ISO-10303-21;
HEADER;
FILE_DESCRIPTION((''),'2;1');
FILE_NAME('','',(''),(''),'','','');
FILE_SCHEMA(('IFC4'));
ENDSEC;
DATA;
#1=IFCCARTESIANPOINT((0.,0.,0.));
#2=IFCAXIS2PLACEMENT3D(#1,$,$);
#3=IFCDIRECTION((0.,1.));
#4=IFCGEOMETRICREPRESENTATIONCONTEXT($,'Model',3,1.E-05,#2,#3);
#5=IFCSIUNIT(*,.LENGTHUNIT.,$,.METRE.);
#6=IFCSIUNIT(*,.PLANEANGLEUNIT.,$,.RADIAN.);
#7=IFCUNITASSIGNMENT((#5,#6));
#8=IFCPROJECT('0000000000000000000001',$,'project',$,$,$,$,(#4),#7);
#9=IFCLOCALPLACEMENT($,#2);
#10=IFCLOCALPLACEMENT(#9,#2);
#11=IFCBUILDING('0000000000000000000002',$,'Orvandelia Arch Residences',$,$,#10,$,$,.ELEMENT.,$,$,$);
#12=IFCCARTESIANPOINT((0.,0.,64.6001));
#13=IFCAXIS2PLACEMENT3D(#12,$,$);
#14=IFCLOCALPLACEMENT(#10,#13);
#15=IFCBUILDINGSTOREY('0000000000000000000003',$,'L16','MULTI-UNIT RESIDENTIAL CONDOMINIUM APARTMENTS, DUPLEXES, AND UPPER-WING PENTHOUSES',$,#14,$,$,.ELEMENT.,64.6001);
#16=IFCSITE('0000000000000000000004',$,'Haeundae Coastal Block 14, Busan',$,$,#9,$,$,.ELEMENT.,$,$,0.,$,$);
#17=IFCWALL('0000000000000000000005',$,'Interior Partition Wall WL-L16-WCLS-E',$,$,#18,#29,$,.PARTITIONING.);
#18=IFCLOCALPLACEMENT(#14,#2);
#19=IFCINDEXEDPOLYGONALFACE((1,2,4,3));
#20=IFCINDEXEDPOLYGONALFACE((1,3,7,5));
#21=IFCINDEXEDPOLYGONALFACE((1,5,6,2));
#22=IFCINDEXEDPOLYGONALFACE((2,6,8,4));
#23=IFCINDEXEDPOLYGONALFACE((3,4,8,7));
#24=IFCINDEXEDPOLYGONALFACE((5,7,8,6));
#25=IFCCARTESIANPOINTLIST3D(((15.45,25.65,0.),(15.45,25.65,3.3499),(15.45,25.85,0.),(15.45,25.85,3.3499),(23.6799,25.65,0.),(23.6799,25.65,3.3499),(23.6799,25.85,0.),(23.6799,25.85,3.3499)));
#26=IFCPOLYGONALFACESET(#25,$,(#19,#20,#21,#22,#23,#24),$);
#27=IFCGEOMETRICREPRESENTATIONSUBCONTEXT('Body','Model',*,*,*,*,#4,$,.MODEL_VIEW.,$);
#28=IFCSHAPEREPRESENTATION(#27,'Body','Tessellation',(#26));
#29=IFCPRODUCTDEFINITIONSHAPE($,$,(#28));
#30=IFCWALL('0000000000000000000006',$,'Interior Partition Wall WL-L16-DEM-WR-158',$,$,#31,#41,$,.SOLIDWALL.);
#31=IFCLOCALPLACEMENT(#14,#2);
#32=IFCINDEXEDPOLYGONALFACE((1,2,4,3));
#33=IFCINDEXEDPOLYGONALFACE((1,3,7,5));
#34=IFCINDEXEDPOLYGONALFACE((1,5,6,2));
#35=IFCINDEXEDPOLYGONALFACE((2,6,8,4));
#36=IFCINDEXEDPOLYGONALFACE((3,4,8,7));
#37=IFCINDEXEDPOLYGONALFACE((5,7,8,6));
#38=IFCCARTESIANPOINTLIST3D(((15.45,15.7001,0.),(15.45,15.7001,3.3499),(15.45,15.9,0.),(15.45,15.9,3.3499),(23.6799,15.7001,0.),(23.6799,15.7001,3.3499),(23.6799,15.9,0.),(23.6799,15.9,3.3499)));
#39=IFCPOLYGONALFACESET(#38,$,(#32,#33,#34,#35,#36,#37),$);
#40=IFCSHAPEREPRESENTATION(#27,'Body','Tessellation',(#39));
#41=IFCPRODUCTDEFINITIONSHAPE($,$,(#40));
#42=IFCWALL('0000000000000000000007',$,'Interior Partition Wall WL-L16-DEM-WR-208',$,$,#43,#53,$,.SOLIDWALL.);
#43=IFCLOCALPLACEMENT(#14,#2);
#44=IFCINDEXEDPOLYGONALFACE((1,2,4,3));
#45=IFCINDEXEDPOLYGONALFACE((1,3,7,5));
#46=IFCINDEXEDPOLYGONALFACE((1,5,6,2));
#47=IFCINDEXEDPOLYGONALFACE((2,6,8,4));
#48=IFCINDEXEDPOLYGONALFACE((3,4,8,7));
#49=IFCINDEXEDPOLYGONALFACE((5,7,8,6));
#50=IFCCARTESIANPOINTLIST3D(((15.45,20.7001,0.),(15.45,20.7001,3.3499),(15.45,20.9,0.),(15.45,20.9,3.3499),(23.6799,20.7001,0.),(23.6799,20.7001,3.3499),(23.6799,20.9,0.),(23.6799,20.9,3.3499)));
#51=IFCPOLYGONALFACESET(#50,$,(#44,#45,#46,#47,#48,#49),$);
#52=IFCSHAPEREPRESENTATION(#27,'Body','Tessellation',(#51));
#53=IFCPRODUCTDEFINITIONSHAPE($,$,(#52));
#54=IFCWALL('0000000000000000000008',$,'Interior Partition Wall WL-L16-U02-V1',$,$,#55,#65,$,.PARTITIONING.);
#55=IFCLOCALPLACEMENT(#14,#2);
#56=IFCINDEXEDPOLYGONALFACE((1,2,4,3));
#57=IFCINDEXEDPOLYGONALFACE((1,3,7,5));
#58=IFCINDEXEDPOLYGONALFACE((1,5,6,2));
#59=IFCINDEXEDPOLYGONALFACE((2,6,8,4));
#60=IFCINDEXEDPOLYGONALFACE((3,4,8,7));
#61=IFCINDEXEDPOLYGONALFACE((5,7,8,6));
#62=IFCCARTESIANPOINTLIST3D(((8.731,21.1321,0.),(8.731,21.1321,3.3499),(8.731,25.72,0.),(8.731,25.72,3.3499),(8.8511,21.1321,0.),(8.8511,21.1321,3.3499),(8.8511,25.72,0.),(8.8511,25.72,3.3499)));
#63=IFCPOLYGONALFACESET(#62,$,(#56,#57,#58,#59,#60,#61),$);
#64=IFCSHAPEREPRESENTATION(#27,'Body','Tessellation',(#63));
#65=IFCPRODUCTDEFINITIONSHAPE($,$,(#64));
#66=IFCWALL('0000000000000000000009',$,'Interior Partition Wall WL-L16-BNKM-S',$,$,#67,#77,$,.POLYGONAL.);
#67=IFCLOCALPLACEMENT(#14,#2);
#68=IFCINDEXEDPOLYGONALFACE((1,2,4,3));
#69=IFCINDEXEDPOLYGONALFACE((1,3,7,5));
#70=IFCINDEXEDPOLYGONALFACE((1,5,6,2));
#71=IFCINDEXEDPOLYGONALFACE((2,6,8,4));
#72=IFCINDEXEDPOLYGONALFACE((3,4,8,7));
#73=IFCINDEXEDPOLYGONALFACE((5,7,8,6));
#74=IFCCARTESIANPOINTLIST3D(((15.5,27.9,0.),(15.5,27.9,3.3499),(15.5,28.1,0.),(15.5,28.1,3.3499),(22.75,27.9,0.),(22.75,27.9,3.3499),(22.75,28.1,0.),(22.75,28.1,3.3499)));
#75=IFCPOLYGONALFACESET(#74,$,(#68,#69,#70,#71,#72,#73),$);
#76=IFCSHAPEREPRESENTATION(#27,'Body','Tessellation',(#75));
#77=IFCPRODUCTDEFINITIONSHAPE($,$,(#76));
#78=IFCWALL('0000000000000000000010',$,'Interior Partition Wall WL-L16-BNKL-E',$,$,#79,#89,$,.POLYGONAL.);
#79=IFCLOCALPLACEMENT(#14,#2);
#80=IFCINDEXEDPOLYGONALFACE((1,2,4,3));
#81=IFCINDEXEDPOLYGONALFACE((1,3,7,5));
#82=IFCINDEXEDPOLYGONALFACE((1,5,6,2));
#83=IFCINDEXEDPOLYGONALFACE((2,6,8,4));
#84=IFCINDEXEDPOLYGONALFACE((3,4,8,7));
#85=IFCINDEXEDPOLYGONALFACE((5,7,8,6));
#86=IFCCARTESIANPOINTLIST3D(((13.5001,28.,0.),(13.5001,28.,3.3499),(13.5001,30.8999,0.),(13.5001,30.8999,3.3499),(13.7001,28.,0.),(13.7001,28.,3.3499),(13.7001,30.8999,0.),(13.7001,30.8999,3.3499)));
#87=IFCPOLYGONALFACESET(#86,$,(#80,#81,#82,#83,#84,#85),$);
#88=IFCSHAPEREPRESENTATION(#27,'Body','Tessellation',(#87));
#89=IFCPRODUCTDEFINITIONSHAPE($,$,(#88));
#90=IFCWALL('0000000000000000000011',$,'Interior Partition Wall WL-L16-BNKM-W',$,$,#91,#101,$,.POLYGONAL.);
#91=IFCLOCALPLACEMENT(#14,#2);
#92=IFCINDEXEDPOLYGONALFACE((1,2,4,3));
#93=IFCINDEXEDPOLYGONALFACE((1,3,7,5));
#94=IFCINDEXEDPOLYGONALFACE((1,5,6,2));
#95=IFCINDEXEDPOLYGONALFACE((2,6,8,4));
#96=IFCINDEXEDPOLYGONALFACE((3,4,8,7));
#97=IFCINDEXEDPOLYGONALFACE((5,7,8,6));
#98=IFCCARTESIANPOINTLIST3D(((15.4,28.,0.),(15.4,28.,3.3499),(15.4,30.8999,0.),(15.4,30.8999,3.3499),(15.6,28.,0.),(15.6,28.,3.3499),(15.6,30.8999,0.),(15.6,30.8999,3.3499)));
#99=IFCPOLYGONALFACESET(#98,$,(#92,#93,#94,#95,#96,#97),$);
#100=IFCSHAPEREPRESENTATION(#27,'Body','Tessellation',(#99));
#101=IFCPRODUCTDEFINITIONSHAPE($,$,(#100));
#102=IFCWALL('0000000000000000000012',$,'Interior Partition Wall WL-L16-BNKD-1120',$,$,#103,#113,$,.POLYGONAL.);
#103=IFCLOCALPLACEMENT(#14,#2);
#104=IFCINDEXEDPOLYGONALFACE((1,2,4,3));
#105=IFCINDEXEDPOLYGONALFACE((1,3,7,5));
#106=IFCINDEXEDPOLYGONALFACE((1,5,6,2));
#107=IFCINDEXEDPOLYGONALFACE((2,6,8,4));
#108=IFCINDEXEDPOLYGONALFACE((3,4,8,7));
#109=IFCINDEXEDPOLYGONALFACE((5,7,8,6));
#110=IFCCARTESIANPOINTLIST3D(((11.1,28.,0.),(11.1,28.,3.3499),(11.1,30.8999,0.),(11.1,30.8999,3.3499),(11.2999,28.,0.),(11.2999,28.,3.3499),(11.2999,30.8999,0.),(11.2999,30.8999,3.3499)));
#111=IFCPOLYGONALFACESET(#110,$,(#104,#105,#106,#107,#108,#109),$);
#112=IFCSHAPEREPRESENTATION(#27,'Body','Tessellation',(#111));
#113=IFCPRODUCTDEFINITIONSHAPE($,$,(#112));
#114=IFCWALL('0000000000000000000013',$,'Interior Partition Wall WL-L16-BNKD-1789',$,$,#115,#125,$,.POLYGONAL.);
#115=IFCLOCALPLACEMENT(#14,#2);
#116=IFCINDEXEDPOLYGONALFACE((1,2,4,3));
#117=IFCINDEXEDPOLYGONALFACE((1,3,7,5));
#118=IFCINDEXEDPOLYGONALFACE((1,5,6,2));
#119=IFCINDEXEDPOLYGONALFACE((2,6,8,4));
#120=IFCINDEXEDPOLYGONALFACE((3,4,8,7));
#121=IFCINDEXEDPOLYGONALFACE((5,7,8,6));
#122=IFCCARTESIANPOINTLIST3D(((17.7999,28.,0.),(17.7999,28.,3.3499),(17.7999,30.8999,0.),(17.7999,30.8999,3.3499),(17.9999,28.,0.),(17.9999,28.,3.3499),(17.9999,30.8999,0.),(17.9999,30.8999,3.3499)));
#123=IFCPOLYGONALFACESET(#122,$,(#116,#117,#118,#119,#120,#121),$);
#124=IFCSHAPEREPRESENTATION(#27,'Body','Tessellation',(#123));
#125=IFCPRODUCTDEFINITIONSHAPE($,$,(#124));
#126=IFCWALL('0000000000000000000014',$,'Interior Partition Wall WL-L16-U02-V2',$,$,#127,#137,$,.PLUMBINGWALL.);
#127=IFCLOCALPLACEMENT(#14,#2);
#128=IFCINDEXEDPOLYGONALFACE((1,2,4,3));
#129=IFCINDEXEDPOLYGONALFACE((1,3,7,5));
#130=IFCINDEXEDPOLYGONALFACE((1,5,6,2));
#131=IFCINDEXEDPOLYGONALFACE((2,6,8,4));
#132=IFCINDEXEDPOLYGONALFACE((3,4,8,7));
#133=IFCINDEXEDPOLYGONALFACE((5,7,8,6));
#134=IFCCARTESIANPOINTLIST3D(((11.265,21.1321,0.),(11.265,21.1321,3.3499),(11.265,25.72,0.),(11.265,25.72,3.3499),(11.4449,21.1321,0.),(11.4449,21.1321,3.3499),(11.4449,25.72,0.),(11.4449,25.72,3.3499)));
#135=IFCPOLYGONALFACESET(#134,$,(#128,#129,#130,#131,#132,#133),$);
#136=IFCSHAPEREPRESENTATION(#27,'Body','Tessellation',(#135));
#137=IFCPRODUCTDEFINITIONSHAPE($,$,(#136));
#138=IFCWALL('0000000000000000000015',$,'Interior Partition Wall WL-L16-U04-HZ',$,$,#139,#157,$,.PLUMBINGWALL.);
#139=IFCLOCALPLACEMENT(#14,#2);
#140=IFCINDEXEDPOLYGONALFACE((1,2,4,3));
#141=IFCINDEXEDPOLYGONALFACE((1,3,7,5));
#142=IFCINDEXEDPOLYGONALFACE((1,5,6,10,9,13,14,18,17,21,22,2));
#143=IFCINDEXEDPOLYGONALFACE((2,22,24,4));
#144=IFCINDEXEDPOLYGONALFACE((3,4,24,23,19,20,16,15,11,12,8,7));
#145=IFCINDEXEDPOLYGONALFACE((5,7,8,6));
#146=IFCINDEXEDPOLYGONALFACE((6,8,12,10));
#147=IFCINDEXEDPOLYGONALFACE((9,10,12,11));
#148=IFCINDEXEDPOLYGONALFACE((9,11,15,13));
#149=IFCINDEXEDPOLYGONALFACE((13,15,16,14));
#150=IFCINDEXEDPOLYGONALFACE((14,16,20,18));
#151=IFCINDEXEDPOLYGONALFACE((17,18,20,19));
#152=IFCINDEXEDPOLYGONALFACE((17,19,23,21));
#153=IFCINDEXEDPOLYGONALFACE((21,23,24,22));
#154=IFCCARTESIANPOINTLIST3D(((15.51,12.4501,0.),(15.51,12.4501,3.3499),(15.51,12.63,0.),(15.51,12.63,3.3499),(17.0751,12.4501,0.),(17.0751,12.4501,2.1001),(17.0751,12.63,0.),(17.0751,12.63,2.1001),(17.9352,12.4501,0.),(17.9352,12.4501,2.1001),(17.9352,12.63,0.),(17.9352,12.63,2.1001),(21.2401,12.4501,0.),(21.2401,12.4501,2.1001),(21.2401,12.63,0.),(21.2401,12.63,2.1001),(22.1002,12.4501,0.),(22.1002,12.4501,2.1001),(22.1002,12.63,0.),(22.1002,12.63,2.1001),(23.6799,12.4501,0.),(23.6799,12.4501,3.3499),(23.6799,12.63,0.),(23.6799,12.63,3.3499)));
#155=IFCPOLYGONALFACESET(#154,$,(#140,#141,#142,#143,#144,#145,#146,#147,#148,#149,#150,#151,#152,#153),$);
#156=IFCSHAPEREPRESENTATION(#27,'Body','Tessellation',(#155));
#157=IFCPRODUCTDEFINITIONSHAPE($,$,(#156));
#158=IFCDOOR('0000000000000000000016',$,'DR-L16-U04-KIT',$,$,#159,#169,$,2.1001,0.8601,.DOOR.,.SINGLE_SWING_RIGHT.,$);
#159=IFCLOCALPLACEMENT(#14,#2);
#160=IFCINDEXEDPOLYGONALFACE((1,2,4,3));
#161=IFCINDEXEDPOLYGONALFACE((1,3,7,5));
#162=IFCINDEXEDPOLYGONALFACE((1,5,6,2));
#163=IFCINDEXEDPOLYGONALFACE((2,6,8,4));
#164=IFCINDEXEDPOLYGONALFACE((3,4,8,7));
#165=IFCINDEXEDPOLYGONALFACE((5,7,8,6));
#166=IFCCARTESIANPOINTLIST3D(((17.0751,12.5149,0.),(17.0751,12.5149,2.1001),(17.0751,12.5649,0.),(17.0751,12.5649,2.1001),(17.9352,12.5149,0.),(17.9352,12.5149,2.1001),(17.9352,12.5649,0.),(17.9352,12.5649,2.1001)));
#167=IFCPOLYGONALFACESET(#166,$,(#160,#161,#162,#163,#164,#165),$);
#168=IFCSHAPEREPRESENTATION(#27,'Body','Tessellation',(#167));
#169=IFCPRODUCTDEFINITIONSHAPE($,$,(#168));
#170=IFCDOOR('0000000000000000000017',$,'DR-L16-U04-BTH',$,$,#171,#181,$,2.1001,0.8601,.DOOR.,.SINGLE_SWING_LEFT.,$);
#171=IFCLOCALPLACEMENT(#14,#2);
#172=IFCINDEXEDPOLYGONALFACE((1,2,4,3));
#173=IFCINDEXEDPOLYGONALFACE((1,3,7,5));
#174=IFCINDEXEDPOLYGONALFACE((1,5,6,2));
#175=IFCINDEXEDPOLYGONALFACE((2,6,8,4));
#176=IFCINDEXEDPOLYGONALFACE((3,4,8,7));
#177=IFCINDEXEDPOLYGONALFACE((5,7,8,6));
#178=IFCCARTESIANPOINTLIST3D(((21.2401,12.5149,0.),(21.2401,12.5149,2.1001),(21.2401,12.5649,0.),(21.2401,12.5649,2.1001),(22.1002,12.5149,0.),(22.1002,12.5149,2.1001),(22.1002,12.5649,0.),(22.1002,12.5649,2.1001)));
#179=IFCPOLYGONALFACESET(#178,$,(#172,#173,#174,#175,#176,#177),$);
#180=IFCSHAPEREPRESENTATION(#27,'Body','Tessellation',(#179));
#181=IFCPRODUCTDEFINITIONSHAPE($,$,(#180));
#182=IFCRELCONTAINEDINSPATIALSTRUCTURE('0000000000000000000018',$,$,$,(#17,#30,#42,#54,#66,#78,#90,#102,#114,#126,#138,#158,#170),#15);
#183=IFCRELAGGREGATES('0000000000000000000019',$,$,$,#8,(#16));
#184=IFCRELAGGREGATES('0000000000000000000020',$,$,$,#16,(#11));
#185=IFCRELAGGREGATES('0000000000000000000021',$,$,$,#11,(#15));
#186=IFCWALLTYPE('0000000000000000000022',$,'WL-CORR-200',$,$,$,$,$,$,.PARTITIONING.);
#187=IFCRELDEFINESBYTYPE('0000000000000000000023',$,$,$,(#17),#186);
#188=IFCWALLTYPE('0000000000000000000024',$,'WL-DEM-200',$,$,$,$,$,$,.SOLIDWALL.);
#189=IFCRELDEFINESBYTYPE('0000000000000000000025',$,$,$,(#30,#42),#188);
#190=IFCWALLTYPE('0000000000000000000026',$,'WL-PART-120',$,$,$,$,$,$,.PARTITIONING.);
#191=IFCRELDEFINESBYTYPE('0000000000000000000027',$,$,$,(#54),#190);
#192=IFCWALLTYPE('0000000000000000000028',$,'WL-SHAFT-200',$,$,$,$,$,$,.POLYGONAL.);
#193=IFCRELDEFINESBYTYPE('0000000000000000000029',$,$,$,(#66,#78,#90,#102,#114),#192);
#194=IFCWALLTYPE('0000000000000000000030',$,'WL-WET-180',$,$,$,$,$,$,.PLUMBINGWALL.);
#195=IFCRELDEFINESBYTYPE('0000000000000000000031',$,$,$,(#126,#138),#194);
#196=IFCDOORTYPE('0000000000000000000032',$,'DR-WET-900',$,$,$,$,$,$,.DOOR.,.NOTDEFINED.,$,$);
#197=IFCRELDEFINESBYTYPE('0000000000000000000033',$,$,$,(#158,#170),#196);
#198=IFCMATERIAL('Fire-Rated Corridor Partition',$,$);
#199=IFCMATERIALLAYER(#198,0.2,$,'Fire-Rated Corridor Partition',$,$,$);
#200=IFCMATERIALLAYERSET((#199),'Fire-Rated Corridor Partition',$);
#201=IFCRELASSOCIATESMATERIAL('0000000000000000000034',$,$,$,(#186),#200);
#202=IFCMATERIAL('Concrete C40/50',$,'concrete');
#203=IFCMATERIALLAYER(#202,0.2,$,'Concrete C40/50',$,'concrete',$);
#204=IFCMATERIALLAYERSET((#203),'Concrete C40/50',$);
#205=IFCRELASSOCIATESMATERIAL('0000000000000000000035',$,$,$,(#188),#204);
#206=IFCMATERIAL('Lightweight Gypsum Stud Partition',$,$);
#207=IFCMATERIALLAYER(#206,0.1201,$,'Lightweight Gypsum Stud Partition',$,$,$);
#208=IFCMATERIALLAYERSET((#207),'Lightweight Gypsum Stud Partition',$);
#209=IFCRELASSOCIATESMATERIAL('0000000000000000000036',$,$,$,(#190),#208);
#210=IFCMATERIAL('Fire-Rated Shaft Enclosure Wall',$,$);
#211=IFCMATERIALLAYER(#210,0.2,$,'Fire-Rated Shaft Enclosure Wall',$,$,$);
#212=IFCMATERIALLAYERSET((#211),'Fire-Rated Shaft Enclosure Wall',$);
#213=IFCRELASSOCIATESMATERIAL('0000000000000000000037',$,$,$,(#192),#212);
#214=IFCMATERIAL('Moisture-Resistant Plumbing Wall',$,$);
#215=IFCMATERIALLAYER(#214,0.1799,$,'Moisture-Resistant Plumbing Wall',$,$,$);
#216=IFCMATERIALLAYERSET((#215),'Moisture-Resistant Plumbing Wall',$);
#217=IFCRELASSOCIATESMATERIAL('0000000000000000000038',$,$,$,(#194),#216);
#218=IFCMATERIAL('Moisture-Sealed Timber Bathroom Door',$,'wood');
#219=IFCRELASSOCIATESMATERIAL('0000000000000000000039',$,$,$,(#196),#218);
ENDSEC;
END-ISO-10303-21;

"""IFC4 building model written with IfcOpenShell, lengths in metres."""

from ifc_helpers import new_model, si_unit, direction, frame, frame_2d, origin, place, context, subcontext, project, spatial, rectangle, extrude, material, layer, layer_set, type_object, element, fill, save


model = new_model("IFC4")

# Units and contexts
model_context = context("Model", 3, precision=1e-05, world=origin(), true_north=direction((0.0, 1.0)))
body_context = subcontext(model_context, "Body", "Model", "MODEL_VIEW")
ifc_project = project(units=[si_unit("LENGTHUNIT", "METRE"), si_unit("PLANEANGLEUNIT", "RADIAN")], contexts=[model_context])

# Site, building, storey
site_placement = place(None, origin())
site = spatial("IfcSite", under=ifc_project, at=site_placement, Name="Haeundae Coastal Block 14, Busan", CompositionType="ELEMENT", RefElevation=0.0)
building_placement = place(site_placement, origin())
building = spatial("IfcBuilding", under=site, at=building_placement, Name="Orvandelia Arch Residences", CompositionType="ELEMENT")
storey_placement = place(building_placement, frame((0.0, 0.0, 64.6001)))
storey = spatial("IfcBuildingStorey", under=building, at=storey_placement, Name="L16", Description="MULTI-UNIT RESIDENTIAL CONDOMINIUM APARTMENTS, DUPLEXES, AND UPPER-WING PENTHOUSES", CompositionType="ELEMENT", Elevation=64.6001)

# Walls
ifc_material_1 = material(Name="Fire-Rated Corridor Partition")
ifc_layer_1 = layer(ifc_material_1, 0.2, Name="Fire-Rated Corridor Partition")
ifc_layer_set_1 = layer_set([ifc_layer_1], Name="Fire-Rated Corridor Partition")
wall_type_1 = type_object("IfcWallType", Name="WL-CORR-200", PredefinedType="PARTITIONING", material=ifc_layer_set_1)
wall_1_placement = place(storey_placement, frame((15.45, 25.75, 0.0), z_axis=(0.0, 0.0, 1.0), x_axis=(1.0, 0.0, 0.0)))
element("IfcWall", 1, at=wall_1_placement, inside=storey, type_object=wall_type_1, Name="Interior Partition Wall WL-L16-WCLS-E", PredefinedType="PARTITIONING", context=body_context, shape_type="SweptSolid", body=[
    extrude(rectangle(XDim=8.23, YDim=0.2, at=frame_2d((4.115, 0.0))), origin(), (0.0, 0.0, 1.0), 3.3499),
])
ifc_material_2 = material(Name="Concrete C40/50", Category="concrete")
ifc_layer_2 = layer(ifc_material_2, 0.2, Name="Concrete C40/50", Category="concrete")
ifc_layer_set_2 = layer_set([ifc_layer_2], Name="Concrete C40/50")
wall_type_2 = type_object("IfcWallType", Name="WL-DEM-200", PredefinedType="SOLIDWALL", material=ifc_layer_set_2)
for number, where, z_axis, x_axis, name in (
    (2, (15.45, 15.8, 0.0), (0.0, 0.0, 1.0), (1.0, 0.0, 0.0), "Interior Partition Wall WL-L16-DEM-WR-158"),
    (3, (15.45, 20.8, 0.0), (0.0, 0.0, 1.0), (1.0, 0.0, 0.0), "Interior Partition Wall WL-L16-DEM-WR-208"),
):
    element("IfcWall", number, at=place(storey_placement, frame(where, z_axis=z_axis, x_axis=x_axis)), inside=storey, type_object=wall_type_2, Name=name, PredefinedType="SOLIDWALL", context=body_context, shape_type="SweptSolid", body=[
        extrude(rectangle(XDim=8.23, YDim=0.2, at=frame_2d((4.115, 0.0))), origin(), (0.0, 0.0, 1.0), 3.3499),
    ])
ifc_material_3 = material(Name="Lightweight Gypsum Stud Partition")
ifc_layer_3 = layer(ifc_material_3, 0.1201, Name="Lightweight Gypsum Stud Partition")
ifc_layer_set_3 = layer_set([ifc_layer_3], Name="Lightweight Gypsum Stud Partition")
wall_type_3 = type_object("IfcWallType", Name="WL-PART-120", PredefinedType="PARTITIONING", material=ifc_layer_set_3)
wall_2_placement = place(storey_placement, frame((8.791, 21.1321, 0.0), z_axis=(0.0, 0.0, 1.0), x_axis=(0.0, 1.0, 0.0)))
element("IfcWall", 4, at=wall_2_placement, inside=storey, type_object=wall_type_3, Name="Interior Partition Wall WL-L16-U02-V1", PredefinedType="PARTITIONING", context=body_context, shape_type="SweptSolid", body=[
    extrude(rectangle(XDim=4.5879, YDim=0.1201, at=frame_2d((2.2939, 0.0))), origin(), (0.0, 0.0, 1.0), 3.3499),
])
ifc_material_4 = material(Name="Fire-Rated Shaft Enclosure Wall")
ifc_layer_4 = layer(ifc_material_4, 0.2, Name="Fire-Rated Shaft Enclosure Wall")
ifc_layer_set_4 = layer_set([ifc_layer_4], Name="Fire-Rated Shaft Enclosure Wall")
wall_type_4 = type_object("IfcWallType", Name="WL-SHAFT-200", PredefinedType="POLYGONAL", material=ifc_layer_set_4)
wall_3_placement = place(storey_placement, frame((15.5, 28.0, 0.0), z_axis=(0.0, 0.0, 1.0), x_axis=(1.0, 0.0, 0.0)))
element("IfcWall", 5, at=wall_3_placement, inside=storey, type_object=wall_type_4, Name="Interior Partition Wall WL-L16-BNKM-S", PredefinedType="POLYGONAL", context=body_context, shape_type="SweptSolid", body=[
    extrude(rectangle(XDim=7.25, YDim=0.2, at=frame_2d((3.625, 0.0))), origin(), (0.0, 0.0, 1.0), 3.3499),
])
for number, where, z_axis, x_axis, name in (
    (6, (13.6001, 28.0, 0.0), (0.0, 0.0, 1.0), (0.0, 1.0, 0.0), "Interior Partition Wall WL-L16-BNKL-E"),
    (7, (15.5, 28.0, 0.0), (0.0, 0.0, 1.0), (0.0, 1.0, 0.0), "Interior Partition Wall WL-L16-BNKM-W"),
    (8, (11.2, 28.0, 0.0), (0.0, 0.0, 1.0), (0.0, 1.0, 0.0), "Interior Partition Wall WL-L16-BNKD-1120"),
    (9, (17.8999, 28.0, 0.0), (0.0, 0.0, 1.0), (0.0, 1.0, 0.0), "Interior Partition Wall WL-L16-BNKD-1789"),
):
    element("IfcWall", number, at=place(storey_placement, frame(where, z_axis=z_axis, x_axis=x_axis)), inside=storey, type_object=wall_type_4, Name=name, PredefinedType="POLYGONAL", context=body_context, shape_type="SweptSolid", body=[
        extrude(rectangle(XDim=2.8999, YDim=0.2, at=frame_2d((1.45, 0.0))), origin(), (0.0, 0.0, 1.0), 3.3499),
    ])
ifc_material_5 = material(Name="Moisture-Resistant Plumbing Wall")
ifc_layer_5 = layer(ifc_material_5, 0.1799, Name="Moisture-Resistant Plumbing Wall")
ifc_layer_set_5 = layer_set([ifc_layer_5], Name="Moisture-Resistant Plumbing Wall")
wall_type_5 = type_object("IfcWallType", Name="WL-WET-180", PredefinedType="PLUMBINGWALL", material=ifc_layer_set_5)
wall_4_placement = place(storey_placement, frame((11.355, 21.1321, 0.0), z_axis=(0.0, 0.0, 1.0), x_axis=(0.0, 1.0, 0.0)))
element("IfcWall", 10, at=wall_4_placement, inside=storey, type_object=wall_type_5, Name="Interior Partition Wall WL-L16-U02-V2", PredefinedType="PLUMBINGWALL", context=body_context, shape_type="SweptSolid", body=[
    extrude(rectangle(XDim=4.5879, YDim=0.1799, at=frame_2d((2.2939, 0.0))), origin(), (0.0, 0.0, 1.0), 3.3499),
])

# Wall, openings, doors
wall_5_placement = place(storey_placement, frame((15.51, 12.54, 0.0), z_axis=(0.0, 0.0, 1.0), x_axis=(1.0, 0.0, 0.0)))
wall_5 = element("IfcWall", 11, at=wall_5_placement, inside=storey, type_object=wall_type_5, Name="Interior Partition Wall WL-L16-U04-HZ", PredefinedType="PLUMBINGWALL", context=body_context, shape_type="SweptSolid", body=[
    extrude(rectangle(XDim=8.1699, YDim=0.1799, at=frame_2d((4.085, 0.0))), origin(), (0.0, 0.0, 1.0), 3.3499),
])
opening_1_placement = place(wall_5_placement, frame((1.5649, 0.0, 0.0)))
opening_1 = element("IfcOpeningElement", 12, at=opening_1_placement, cuts=wall_5, PredefinedType="OPENING", context=body_context, shape_type="SweptSolid", body=[
    extrude(rectangle(XDim=0.8601, YDim=2.1001, at=frame_2d((0.4302, 1.05))), frame((0.0, 0.1001, 0.0), z_axis=(0.0, -1.0, 0.0), x_axis=(1.0, 0.0, 0.0)), (0.0, 0.0, 1.0), 0.2),
])
opening_2_placement = place(wall_5_placement, frame((5.73, 0.0, 0.0)))
opening_2 = element("IfcOpeningElement", 13, at=opening_2_placement, cuts=wall_5, PredefinedType="OPENING", context=body_context, shape_type="SweptSolid", body=[
    extrude(rectangle(XDim=0.8601, YDim=2.1001, at=frame_2d((0.4302, 1.05))), frame((0.0, 0.1001, 0.0), z_axis=(0.0, -1.0, 0.0), x_axis=(1.0, 0.0, 0.0)), (0.0, 0.0, 1.0), 0.2),
])
ifc_material_6 = material(Name="Moisture-Sealed Timber Bathroom Door", Category="wood")
door_type = type_object("IfcDoorType", Name="DR-WET-900", OperationType="NOTDEFINED", PredefinedType="DOOR", material=ifc_material_6)
door_1_placement = place(opening_1_placement, origin())
door_1 = element("IfcDoor", 14, at=door_1_placement, inside=storey, type_object=door_type, Name="DR-L16-U04-KIT", OperationType="SINGLE_SWING_RIGHT", OverallHeight=2.1001, OverallWidth=0.8601, PredefinedType="DOOR", context=body_context, shape_type="SweptSolid", body=[
    extrude(rectangle(XDim=0.8601, YDim=2.1001, at=frame_2d((0.4302, 1.05))), frame((0.0, 0.0249, 0.0), z_axis=(0.0, -1.0, 0.0), x_axis=(1.0, 0.0, 0.0)), (0.0, 0.0, 1.0), 0.05),
])
fill(opening_1, door_1)
door_2_placement = place(opening_2_placement, origin())
door_2 = element("IfcDoor", 15, at=door_2_placement, inside=storey, type_object=door_type, Name="DR-L16-U04-BTH", OperationType="SINGLE_SWING_LEFT", OverallHeight=2.1001, OverallWidth=0.8601, PredefinedType="DOOR", context=body_context, shape_type="SweptSolid", body=[
    extrude(rectangle(XDim=0.8601, YDim=2.1001, at=frame_2d((0.4302, 1.05))), frame((0.0, 0.0249, 0.0), z_axis=(0.0, -1.0, 0.0), x_axis=(1.0, 0.0, 0.0)), (0.0, 0.0, 1.0), 0.05),
])
fill(opening_2, door_2)

save(model, "model.ifc")
